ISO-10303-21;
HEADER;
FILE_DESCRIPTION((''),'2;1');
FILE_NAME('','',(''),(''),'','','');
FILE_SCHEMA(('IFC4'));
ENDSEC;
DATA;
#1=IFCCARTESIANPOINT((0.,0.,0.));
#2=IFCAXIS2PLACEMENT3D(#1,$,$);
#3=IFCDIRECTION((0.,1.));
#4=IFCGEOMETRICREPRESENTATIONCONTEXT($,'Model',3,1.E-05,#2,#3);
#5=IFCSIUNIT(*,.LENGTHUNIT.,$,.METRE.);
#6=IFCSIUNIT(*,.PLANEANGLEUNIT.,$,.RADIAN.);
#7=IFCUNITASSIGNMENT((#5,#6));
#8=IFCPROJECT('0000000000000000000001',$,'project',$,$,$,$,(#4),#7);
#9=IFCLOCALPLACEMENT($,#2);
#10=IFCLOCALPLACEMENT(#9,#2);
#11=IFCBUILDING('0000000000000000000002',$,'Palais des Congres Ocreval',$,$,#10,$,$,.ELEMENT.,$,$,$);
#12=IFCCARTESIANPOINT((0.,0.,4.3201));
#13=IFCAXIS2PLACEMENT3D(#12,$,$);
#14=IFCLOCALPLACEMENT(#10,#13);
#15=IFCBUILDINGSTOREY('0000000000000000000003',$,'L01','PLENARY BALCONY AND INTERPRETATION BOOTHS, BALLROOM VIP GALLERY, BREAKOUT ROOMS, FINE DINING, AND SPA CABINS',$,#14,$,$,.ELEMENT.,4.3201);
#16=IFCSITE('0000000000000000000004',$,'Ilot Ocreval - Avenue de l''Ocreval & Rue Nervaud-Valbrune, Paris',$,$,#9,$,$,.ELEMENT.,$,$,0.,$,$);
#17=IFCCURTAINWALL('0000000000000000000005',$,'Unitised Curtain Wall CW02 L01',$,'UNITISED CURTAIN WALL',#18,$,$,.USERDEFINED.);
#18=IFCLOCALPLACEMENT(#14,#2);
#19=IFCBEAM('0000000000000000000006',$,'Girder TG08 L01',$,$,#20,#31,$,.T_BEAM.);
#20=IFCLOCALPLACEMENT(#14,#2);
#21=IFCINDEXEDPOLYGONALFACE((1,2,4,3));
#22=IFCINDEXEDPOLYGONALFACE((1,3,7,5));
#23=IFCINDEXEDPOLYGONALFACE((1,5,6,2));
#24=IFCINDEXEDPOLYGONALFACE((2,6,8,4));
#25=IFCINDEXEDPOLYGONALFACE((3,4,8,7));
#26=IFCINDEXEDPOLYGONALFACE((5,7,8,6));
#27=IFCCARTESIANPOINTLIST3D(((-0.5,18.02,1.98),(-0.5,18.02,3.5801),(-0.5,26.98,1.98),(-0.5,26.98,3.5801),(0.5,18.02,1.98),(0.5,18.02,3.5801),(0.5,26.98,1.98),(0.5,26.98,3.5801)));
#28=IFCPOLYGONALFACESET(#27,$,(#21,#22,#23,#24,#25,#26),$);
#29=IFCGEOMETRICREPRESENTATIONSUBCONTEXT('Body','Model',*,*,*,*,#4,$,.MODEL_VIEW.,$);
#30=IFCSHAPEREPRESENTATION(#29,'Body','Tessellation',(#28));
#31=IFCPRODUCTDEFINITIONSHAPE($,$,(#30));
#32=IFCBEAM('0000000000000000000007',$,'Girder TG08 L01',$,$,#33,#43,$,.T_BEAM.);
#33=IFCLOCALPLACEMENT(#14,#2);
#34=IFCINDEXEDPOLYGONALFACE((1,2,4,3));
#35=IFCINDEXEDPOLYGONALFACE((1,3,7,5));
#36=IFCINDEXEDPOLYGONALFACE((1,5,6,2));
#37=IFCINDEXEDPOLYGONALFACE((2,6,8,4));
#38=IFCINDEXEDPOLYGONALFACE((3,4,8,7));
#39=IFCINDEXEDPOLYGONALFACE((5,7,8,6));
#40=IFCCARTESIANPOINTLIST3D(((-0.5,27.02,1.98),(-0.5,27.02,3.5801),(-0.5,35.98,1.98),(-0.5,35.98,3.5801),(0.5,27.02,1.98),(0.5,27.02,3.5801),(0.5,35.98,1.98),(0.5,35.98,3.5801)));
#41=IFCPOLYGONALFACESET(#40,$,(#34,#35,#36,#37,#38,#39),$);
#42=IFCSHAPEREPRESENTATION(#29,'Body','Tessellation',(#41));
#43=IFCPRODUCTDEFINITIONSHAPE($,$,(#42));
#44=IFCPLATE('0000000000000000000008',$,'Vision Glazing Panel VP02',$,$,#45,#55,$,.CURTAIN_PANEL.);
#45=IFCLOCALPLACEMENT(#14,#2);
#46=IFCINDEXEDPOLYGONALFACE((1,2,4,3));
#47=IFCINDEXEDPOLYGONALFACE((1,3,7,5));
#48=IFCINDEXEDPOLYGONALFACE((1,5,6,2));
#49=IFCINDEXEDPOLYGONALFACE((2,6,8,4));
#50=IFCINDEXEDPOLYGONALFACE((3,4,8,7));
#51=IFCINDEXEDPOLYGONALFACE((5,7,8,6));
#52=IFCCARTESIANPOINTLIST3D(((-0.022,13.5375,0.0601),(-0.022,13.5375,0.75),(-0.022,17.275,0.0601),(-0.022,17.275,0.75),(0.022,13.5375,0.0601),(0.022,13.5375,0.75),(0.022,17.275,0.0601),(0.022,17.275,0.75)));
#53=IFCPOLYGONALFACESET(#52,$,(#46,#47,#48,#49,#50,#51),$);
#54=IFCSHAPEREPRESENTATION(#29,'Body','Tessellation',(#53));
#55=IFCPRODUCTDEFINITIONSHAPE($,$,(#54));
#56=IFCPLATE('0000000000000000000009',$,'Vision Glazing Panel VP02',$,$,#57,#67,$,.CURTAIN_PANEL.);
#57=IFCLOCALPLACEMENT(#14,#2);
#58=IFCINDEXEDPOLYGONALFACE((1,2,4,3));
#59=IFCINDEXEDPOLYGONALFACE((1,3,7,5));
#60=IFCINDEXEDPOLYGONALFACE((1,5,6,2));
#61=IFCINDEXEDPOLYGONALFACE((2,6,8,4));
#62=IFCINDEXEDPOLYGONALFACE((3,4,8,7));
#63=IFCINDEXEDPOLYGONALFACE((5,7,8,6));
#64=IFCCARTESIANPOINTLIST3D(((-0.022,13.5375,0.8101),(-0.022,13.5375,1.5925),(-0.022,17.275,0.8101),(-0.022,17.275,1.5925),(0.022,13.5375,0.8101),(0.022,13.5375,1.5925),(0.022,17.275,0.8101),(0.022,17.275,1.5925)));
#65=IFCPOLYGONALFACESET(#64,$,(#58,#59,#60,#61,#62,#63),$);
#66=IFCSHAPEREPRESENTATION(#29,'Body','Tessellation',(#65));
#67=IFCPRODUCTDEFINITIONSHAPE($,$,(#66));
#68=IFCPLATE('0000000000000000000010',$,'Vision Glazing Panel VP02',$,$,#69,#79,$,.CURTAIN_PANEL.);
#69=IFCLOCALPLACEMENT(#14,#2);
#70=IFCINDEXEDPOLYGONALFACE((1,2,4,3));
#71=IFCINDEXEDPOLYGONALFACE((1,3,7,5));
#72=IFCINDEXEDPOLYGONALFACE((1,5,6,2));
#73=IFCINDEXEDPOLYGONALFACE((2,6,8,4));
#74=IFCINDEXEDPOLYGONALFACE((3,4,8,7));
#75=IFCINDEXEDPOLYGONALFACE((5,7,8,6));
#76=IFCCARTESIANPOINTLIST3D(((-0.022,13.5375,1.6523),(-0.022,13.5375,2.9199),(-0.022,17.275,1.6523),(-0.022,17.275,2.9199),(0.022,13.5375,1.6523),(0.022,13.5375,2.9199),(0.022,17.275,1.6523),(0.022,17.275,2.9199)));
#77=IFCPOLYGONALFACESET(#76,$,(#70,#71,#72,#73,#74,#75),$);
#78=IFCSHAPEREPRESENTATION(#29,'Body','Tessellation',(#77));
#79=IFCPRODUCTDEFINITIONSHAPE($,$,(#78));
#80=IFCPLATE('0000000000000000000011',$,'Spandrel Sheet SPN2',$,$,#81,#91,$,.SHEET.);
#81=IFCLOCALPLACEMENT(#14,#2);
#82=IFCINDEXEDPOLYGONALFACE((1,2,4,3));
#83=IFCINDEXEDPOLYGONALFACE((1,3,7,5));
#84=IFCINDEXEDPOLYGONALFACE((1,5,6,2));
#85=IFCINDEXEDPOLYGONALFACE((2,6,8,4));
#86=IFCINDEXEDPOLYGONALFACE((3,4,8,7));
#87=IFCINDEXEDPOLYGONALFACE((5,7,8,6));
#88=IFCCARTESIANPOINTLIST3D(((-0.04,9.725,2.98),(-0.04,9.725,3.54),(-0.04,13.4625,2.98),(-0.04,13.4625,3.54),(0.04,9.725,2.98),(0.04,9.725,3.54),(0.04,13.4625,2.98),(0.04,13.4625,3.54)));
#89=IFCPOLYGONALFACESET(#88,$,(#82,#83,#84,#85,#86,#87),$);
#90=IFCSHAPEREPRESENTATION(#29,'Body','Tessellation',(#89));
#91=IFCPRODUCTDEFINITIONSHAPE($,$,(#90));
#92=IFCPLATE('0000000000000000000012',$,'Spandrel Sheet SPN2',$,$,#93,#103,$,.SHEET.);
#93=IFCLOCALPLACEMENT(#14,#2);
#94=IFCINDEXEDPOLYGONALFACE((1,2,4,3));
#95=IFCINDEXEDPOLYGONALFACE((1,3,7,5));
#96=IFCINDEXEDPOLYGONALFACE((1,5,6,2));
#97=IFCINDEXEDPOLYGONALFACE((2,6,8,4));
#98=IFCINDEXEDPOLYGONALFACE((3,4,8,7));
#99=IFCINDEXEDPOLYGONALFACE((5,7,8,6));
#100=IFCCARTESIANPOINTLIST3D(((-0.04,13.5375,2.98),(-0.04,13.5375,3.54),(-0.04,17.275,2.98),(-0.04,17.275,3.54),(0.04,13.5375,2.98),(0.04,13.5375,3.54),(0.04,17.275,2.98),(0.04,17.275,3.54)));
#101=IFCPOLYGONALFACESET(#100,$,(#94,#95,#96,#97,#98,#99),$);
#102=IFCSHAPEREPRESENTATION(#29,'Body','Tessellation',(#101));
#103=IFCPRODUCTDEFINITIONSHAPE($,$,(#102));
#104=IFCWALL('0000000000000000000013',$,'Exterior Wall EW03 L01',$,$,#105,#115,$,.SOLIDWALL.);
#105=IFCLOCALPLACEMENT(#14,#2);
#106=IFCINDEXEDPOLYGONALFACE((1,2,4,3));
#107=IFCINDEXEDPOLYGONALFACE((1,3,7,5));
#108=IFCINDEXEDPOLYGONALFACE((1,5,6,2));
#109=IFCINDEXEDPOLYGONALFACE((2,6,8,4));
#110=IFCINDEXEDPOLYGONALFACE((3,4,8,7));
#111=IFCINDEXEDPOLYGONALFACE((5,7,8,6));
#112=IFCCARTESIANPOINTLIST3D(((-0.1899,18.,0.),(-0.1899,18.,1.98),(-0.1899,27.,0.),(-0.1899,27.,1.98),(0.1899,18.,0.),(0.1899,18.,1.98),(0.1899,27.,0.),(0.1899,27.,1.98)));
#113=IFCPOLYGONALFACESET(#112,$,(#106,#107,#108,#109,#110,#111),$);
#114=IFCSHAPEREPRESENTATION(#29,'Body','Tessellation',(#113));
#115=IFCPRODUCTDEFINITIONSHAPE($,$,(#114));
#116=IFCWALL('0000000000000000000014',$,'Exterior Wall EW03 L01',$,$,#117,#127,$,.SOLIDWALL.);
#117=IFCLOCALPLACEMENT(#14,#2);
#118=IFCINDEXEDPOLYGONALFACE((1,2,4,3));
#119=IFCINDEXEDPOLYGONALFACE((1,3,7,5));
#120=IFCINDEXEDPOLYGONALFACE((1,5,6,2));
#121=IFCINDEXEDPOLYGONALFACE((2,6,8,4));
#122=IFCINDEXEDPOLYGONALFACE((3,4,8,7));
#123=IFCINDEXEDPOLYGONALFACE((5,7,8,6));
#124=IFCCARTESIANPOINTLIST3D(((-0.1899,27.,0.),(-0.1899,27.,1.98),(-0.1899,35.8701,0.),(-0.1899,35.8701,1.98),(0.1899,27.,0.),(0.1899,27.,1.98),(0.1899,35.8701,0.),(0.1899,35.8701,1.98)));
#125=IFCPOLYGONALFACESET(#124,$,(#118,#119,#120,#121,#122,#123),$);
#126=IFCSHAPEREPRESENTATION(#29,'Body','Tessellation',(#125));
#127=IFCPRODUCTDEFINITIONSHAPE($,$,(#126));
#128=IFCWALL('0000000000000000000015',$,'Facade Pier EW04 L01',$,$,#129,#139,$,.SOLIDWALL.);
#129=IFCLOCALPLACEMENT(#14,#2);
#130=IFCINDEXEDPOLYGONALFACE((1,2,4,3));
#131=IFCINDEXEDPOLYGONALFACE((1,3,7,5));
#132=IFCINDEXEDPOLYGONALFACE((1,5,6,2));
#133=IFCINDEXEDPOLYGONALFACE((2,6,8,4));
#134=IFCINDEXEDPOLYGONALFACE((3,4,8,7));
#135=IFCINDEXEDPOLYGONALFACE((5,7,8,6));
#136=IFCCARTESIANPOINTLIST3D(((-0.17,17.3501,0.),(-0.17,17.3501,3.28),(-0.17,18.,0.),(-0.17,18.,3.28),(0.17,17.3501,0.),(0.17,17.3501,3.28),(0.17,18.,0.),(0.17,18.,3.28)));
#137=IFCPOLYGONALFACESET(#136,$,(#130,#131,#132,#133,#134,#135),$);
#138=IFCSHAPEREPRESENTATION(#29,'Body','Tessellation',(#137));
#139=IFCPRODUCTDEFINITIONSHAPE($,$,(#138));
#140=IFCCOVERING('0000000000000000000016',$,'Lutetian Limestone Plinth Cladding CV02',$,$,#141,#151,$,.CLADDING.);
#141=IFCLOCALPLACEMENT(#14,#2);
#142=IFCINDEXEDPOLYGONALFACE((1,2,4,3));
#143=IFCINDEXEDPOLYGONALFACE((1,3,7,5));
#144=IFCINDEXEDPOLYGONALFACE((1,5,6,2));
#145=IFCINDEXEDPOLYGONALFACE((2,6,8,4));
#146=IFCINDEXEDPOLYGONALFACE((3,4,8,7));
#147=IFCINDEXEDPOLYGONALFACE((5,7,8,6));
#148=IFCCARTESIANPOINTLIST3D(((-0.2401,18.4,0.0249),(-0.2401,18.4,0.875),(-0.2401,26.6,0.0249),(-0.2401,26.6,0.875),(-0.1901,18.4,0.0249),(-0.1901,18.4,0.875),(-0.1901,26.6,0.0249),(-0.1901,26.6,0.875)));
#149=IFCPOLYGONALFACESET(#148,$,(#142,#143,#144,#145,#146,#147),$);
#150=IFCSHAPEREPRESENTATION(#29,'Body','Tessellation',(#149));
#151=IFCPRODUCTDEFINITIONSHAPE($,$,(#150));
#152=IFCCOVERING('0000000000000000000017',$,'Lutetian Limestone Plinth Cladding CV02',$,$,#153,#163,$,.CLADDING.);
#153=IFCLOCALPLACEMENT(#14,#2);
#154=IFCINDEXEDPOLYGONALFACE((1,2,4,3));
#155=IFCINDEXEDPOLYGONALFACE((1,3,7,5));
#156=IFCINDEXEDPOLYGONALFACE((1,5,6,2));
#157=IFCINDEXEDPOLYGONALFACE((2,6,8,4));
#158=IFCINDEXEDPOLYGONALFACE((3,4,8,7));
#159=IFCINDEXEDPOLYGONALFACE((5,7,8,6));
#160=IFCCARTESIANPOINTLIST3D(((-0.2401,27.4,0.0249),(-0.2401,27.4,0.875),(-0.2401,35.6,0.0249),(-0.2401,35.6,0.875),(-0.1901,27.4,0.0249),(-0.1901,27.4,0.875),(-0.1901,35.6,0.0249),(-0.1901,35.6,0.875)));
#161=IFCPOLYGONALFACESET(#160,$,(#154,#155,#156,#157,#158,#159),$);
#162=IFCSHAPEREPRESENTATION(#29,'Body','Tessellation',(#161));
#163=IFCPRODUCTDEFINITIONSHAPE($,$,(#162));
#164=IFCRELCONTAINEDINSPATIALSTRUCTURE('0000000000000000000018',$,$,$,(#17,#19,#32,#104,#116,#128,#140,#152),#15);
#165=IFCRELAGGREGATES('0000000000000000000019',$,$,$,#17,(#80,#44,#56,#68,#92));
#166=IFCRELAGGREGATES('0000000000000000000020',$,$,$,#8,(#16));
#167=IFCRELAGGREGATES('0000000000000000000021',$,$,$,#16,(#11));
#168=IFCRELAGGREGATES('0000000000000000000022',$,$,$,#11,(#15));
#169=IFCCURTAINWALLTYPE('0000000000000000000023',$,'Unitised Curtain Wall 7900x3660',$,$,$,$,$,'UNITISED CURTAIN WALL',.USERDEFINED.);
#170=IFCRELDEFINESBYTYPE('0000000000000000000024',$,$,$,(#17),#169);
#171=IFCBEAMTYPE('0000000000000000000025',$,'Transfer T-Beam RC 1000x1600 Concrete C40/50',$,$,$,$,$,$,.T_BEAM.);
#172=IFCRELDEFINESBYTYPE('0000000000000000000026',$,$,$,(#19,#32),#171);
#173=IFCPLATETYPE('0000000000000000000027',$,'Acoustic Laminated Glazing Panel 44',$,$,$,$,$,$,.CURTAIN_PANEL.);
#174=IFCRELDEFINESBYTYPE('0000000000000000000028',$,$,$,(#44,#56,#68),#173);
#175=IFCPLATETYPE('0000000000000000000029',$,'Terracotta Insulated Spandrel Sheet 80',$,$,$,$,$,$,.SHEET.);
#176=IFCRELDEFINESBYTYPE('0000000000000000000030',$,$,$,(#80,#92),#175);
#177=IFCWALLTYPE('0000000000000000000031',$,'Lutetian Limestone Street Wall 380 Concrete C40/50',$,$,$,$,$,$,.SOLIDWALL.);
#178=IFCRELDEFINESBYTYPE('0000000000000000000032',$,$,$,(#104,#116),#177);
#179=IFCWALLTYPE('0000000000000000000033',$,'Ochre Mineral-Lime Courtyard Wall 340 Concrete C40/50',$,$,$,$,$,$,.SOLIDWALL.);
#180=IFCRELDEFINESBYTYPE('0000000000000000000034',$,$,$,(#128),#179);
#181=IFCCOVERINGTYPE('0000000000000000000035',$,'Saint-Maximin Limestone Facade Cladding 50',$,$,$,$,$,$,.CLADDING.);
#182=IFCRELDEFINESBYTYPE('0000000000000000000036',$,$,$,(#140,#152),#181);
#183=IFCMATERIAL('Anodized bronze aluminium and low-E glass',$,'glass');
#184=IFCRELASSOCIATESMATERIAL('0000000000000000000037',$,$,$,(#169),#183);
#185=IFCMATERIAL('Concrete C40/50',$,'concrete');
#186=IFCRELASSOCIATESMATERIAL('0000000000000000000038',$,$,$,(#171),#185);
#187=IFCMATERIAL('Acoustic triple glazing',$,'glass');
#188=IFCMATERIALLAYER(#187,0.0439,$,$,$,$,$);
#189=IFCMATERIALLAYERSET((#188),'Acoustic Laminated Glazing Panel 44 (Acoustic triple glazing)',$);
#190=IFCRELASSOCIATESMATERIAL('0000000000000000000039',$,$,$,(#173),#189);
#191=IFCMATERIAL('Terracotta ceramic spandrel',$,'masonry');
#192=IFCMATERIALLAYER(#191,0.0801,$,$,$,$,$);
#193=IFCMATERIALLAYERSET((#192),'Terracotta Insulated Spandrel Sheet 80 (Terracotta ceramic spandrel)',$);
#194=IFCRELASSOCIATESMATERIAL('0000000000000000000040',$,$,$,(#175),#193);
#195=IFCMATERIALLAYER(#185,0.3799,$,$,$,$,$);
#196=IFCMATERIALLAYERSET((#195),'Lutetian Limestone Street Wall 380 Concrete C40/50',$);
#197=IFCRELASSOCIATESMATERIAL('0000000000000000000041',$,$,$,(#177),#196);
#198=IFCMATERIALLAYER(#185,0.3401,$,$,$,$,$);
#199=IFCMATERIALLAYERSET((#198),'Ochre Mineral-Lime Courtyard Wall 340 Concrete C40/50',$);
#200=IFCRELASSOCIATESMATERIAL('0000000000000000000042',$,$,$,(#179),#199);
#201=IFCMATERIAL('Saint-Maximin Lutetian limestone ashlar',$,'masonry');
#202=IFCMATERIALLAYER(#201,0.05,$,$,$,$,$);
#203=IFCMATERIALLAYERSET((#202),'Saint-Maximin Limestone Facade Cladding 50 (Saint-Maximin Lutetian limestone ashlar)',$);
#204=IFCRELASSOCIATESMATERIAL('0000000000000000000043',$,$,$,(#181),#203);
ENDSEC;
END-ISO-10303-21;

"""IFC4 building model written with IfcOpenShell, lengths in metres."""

from ifc_helpers import new_model, si_unit, direction, frame, frame_2d, origin, origin_2d, place, context, subcontext, project, spatial, rectangle, extrude, material, layer, layer_set, material_profile, profile_set, type_object, element, aggregate, save


model = new_model("IFC4")

# Units and contexts
model_context = context("Model", 3, precision=1e-05, world=origin(), true_north=direction((0.0, 1.0)))
body_context = subcontext(model_context, "Body", "Model", "MODEL_VIEW")
ifc_project = project(units=[si_unit("LENGTHUNIT", "METRE"), si_unit("PLANEANGLEUNIT", "RADIAN")], contexts=[model_context])

# Site, building, storey
site_placement = place(None, origin())
site = spatial("IfcSite", under=ifc_project, at=site_placement, Name="Ilot Ocreval - Avenue de l'Ocreval & Rue Nervaud-Valbrune, Paris", CompositionType="ELEMENT", RefElevation=0.0)
building_placement = place(site_placement, origin())
building = spatial("IfcBuilding", under=site, at=building_placement, Name="Palais des Congres Ocreval", CompositionType="ELEMENT")
storey_placement = place(building_placement, frame((0.0, 0.0, 4.3201)))
storey = spatial("IfcBuildingStorey", under=building, at=storey_placement, Name="L01", Description="PLENARY BALCONY AND INTERPRETATION BOOTHS, BALLROOM VIP GALLERY, BREAKOUT ROOMS, FINE DINING, AND SPA CABINS", CompositionType="ELEMENT", Elevation=4.3201)

# Curtain wall
ifc_material_1 = material(Name="Anodized bronze aluminium and low-E glass", Category="glass")
curtain_wall_type = type_object("IfcCurtainWallType", Name="Unitised Curtain Wall 7900x3660", ElementType="UNITISED CURTAIN WALL", PredefinedType="USERDEFINED", material=ifc_material_1)
curtain_wall_placement = place(storey_placement, origin())
curtain_wall = element("IfcCurtainWall", 1, at=curtain_wall_placement, inside=storey, type_object=curtain_wall_type, Name="Unitised Curtain Wall CW02 L01", ObjectType="UNITISED CURTAIN WALL", PredefinedType="USERDEFINED")

# Beams
ifc_material_2 = material(Name="Concrete C40/50", Category="concrete")
ifc_material_profile_1 = material_profile(ifc_material_2, rectangle(XDim=1.0, YDim=1.6001, at=origin_2d()), Name="RC 1000x1600")
ifc_profile_set_1 = profile_set([ifc_material_profile_1], Name="Concrete C40/50")
beam_type_1 = type_object("IfcBeamType", Name="Transfer T-Beam RC 1000x1600 Concrete C40/50", PredefinedType="T_BEAM", material=ifc_profile_set_1)
for number, where, z_axis, x_axis, name in (
    (2, (0.0, 18.02, 2.78), (0.0, 1.0, 0.0), (-1.0, 0.0, 0.0), "Girder TG08 L01"),
    (3, (0.0, 27.02, 2.78), (0.0, 1.0, 0.0), (-1.0, 0.0, 0.0), "Girder TG08 L01"),
):
    element("IfcBeam", number, at=place(storey_placement, frame(where, z_axis=z_axis, x_axis=x_axis)), inside=storey, type_object=beam_type_1, Name=name, PredefinedType="T_BEAM", context=body_context, shape_type="SweptSolid", body=[
        extrude(rectangle(XDim=1.0, YDim=1.6001, at=origin_2d()), origin(), (0.0, 0.0, 1.0), 8.96),
    ])

# Plates
ifc_material_3 = material(Name="Acoustic triple glazing", Category="glass")
ifc_layer_1 = layer(ifc_material_3, 0.0439)
ifc_layer_set_1 = layer_set([ifc_layer_1], Name="Acoustic Laminated Glazing Panel 44 (Acoustic triple glazing)")
plate_type_1 = type_object("IfcPlateType", Name="Acoustic Laminated Glazing Panel 44", PredefinedType="CURTAIN_PANEL", material=ifc_layer_set_1)
plate_1_placement = place(storey_placement, frame((0.0, 15.4062, 0.0601), z_axis=(0.0, 0.0, 1.0), x_axis=(0.0, 1.0, 0.0)))
plate_1 = element("IfcPlate", 4, at=plate_1_placement, type_object=plate_type_1, Name="Vision Glazing Panel VP02", PredefinedType="CURTAIN_PANEL", context=body_context, shape_type="SweptSolid", body=[
    extrude(rectangle(XDim=3.7375, YDim=0.0439, at=origin_2d()), origin(), (0.0, 0.0, 1.0), 0.6899),
])
plate_2_placement = place(storey_placement, frame((0.0, 15.4062, 0.8101), z_axis=(0.0, 0.0, 1.0), x_axis=(0.0, 1.0, 0.0)))
plate_2 = element("IfcPlate", 5, at=plate_2_placement, type_object=plate_type_1, Name="Vision Glazing Panel VP02", PredefinedType="CURTAIN_PANEL", context=body_context, shape_type="SweptSolid", body=[
    extrude(rectangle(XDim=3.7375, YDim=0.0439, at=origin_2d()), origin(), (0.0, 0.0, 1.0), 0.7825),
])
plate_3_placement = place(storey_placement, frame((0.0, 15.4062, 1.6523), z_axis=(0.0, 0.0, 1.0), x_axis=(0.0, 1.0, 0.0)))
plate_3 = element("IfcPlate", 6, at=plate_3_placement, type_object=plate_type_1, Name="Vision Glazing Panel VP02", PredefinedType="CURTAIN_PANEL", context=body_context, shape_type="SweptSolid", body=[
    extrude(rectangle(XDim=3.7375, YDim=0.0439, at=origin_2d()), origin(), (0.0, 0.0, 1.0), 1.2676),
])
ifc_material_4 = material(Name="Terracotta ceramic spandrel", Category="masonry")
ifc_layer_2 = layer(ifc_material_4, 0.0801)
ifc_layer_set_2 = layer_set([ifc_layer_2], Name="Terracotta Insulated Spandrel Sheet 80 (Terracotta ceramic spandrel)")
plate_type_2 = type_object("IfcPlateType", Name="Terracotta Insulated Spandrel Sheet 80", PredefinedType="SHEET", material=ifc_layer_set_2)
plate_4_placement = place(storey_placement, frame((0.0, 11.5938, 2.98), z_axis=(0.0, 0.0, 1.0), x_axis=(0.0, 1.0, 0.0)))
plate_4 = element("IfcPlate", 7, at=plate_4_placement, type_object=plate_type_2, Name="Spandrel Sheet SPN2", PredefinedType="SHEET", context=body_context, shape_type="SweptSolid", body=[
    extrude(rectangle(XDim=3.7375, YDim=0.0801, at=origin_2d()), origin(), (0.0, 0.0, 1.0), 0.5601),
])
plate_5_placement = place(storey_placement, frame((0.0, 15.4062, 2.98), z_axis=(0.0, 0.0, 1.0), x_axis=(0.0, 1.0, 0.0)))
plate_5 = element("IfcPlate", 8, at=plate_5_placement, type_object=plate_type_2, Name="Spandrel Sheet SPN2", PredefinedType="SHEET", context=body_context, shape_type="SweptSolid", body=[
    extrude(rectangle(XDim=3.7375, YDim=0.0801, at=origin_2d()), origin(), (0.0, 0.0, 1.0), 0.5601),
])
aggregate(curtain_wall, [plate_4, plate_1, plate_2, plate_3, plate_5])

# Walls
ifc_layer_3 = layer(ifc_material_2, 0.3799)
ifc_layer_set_3 = layer_set([ifc_layer_3], Name="Lutetian Limestone Street Wall 380 Concrete C40/50")
wall_type_1 = type_object("IfcWallType", Name="Lutetian Limestone Street Wall 380 Concrete C40/50", PredefinedType="SOLIDWALL", material=ifc_layer_set_3)
wall_1_placement = place(storey_placement, frame((0.0, 18.0, 0.0), z_axis=(0.0, 0.0, 1.0), x_axis=(0.0, 1.0, 0.0)))
element("IfcWall", 9, at=wall_1_placement, inside=storey, type_object=wall_type_1, Name="Exterior Wall EW03 L01", PredefinedType="SOLIDWALL", context=body_context, shape_type="SweptSolid", body=[
    extrude(rectangle(XDim=9.0, YDim=0.3799, at=frame_2d((4.5, 0.0))), origin(), (0.0, 0.0, 1.0), 1.98),
])
wall_2_placement = place(storey_placement, frame((0.0, 27.0, 0.0), z_axis=(0.0, 0.0, 1.0), x_axis=(0.0, 1.0, 0.0)))
element("IfcWall", 10, at=wall_2_placement, inside=storey, type_object=wall_type_1, Name="Exterior Wall EW03 L01", PredefinedType="SOLIDWALL", context=body_context, shape_type="SweptSolid", body=[
    extrude(rectangle(XDim=8.8701, YDim=0.3799, at=frame_2d((4.4351, 0.0))), origin(), (0.0, 0.0, 1.0), 1.98),
])
ifc_layer_4 = layer(ifc_material_2, 0.3401)
ifc_layer_set_4 = layer_set([ifc_layer_4], Name="Ochre Mineral-Lime Courtyard Wall 340 Concrete C40/50")
wall_type_2 = type_object("IfcWallType", Name="Ochre Mineral-Lime Courtyard Wall 340 Concrete C40/50", PredefinedType="SOLIDWALL", material=ifc_layer_set_4)
wall_3_placement = place(storey_placement, frame((0.0, 17.3501, 0.0), z_axis=(0.0, 0.0, 1.0), x_axis=(0.0, 1.0, 0.0)))
element("IfcWall", 11, at=wall_3_placement, inside=storey, type_object=wall_type_2, Name="Facade Pier EW04 L01", PredefinedType="SOLIDWALL", context=body_context, shape_type="SweptSolid", body=[
    extrude(rectangle(XDim=0.6499, YDim=0.3401, at=frame_2d((0.325, 0.0))), origin(), (0.0, 0.0, 1.0), 3.28),
])

# Coverings
ifc_material_5 = material(Name="Saint-Maximin Lutetian limestone ashlar", Category="masonry")
ifc_layer_5 = layer(ifc_material_5, 0.05)
ifc_layer_set_5 = layer_set([ifc_layer_5], Name="Saint-Maximin Limestone Facade Cladding 50 (Saint-Maximin Lutetian limestone ashlar)")
covering_type = type_object("IfcCoveringType", Name="Saint-Maximin Limestone Facade Cladding 50", PredefinedType="CLADDING", material=ifc_layer_set_5)
for number, where, z_axis, x_axis, name in (
    (12, (-0.2151, 22.5, 0.0249), (0.0, 0.0, 1.0), (0.0, 1.0, 0.0), "Lutetian Limestone Plinth Cladding CV02"),
    (13, (-0.2151, 31.5, 0.0249), (0.0, 0.0, 1.0), (0.0, 1.0, 0.0), "Lutetian Limestone Plinth Cladding CV02"),
):
    element("IfcCovering", number, at=place(storey_placement, frame(where, z_axis=z_axis, x_axis=x_axis)), inside=storey, type_object=covering_type, Name=name, PredefinedType="CLADDING", context=body_context, shape_type="SweptSolid", body=[
        extrude(rectangle(XDim=8.2, YDim=0.05, at=origin_2d()), origin(), (0.0, 0.0, 1.0), 0.8501),
    ])

save(model, "model.ifc")
